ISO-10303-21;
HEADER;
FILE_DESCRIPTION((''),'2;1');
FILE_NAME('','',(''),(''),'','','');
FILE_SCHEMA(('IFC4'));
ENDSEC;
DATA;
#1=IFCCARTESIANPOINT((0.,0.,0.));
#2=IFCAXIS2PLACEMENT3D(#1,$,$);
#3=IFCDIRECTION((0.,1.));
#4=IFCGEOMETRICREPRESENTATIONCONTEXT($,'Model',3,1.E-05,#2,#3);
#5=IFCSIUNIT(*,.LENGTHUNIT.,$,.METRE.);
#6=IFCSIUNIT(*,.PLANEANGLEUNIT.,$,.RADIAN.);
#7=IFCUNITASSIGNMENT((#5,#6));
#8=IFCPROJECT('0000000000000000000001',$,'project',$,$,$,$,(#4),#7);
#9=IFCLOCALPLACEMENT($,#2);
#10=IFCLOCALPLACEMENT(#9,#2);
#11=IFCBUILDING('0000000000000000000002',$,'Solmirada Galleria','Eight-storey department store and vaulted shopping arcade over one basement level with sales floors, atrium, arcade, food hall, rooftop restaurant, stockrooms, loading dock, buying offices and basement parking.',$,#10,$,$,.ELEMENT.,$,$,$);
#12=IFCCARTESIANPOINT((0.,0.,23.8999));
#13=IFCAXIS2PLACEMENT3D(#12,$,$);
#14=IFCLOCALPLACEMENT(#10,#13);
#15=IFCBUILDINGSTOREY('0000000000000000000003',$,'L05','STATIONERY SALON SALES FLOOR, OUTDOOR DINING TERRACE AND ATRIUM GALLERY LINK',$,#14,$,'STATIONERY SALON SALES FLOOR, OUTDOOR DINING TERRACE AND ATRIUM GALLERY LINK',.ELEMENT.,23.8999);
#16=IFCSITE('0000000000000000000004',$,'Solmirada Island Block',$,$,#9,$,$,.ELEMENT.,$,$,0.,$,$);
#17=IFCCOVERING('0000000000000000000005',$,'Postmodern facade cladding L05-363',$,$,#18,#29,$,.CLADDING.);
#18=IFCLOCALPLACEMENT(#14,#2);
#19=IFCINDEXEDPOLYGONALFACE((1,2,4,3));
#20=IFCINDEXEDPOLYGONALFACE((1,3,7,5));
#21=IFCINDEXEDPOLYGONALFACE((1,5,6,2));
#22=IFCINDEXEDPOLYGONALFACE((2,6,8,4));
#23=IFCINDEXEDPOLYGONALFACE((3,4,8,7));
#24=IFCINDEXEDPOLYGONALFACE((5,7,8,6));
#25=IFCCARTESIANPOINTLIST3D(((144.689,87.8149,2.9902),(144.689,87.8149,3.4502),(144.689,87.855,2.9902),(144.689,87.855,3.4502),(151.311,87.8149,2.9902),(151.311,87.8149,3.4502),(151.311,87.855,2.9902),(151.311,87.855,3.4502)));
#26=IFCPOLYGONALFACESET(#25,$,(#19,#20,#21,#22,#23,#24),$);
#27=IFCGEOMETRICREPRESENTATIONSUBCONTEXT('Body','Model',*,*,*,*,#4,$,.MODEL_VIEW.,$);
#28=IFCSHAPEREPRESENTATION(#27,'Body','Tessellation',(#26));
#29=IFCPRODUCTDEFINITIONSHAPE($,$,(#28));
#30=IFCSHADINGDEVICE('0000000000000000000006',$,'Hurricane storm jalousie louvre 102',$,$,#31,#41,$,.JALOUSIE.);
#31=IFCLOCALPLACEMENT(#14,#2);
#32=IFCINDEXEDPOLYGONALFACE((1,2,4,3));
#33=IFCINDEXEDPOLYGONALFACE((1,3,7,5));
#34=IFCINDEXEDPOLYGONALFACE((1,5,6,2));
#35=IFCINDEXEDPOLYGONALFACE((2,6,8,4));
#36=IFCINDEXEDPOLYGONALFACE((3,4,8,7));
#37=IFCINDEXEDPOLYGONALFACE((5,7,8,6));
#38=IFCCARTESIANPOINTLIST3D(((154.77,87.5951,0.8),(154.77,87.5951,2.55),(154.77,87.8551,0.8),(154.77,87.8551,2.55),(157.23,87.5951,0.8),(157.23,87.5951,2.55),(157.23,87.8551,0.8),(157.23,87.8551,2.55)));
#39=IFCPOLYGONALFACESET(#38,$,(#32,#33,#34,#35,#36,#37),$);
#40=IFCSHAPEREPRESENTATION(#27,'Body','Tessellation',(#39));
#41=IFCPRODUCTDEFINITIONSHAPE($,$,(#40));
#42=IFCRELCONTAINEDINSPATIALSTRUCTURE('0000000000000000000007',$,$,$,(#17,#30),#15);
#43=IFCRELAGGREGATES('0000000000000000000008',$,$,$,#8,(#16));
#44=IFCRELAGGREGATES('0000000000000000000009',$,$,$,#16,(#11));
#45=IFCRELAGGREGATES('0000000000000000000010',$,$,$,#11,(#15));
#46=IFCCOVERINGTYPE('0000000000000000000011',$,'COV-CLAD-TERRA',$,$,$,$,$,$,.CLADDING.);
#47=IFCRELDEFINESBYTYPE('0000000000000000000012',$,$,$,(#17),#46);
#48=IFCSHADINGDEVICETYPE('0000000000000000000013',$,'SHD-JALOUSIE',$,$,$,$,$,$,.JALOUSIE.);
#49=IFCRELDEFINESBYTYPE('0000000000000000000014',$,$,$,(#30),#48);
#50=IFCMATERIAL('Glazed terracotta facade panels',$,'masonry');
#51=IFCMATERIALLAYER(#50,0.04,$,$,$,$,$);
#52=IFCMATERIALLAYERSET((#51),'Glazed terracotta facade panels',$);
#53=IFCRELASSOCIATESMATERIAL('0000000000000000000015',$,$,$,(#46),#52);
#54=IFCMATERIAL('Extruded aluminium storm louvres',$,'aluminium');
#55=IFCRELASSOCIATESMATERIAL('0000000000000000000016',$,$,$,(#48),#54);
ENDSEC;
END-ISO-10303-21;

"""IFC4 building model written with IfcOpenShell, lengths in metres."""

from ifc_helpers import new_model, si_unit, direction, frame, origin, origin_2d, place, context, subcontext, project, spatial, rectangle, extrude, material, layer, layer_set, type_object, element, save


model = new_model("IFC4")

# Units and contexts
model_context = context("Model", 3, precision=1e-05, world=origin(), true_north=direction((0.0, 1.0)))
body_context = subcontext(model_context, "Body", "Model", "MODEL_VIEW")
ifc_project = project(units=[si_unit("LENGTHUNIT", "METRE"), si_unit("PLANEANGLEUNIT", "RADIAN")], contexts=[model_context])

# Site, building, storey
site_placement = place(None, origin())
site = spatial("IfcSite", under=ifc_project, at=site_placement, Name="Solmirada Island Block", CompositionType="ELEMENT", RefElevation=0.0)
building_placement = place(site_placement, origin())
building = spatial("IfcBuilding", under=site, at=building_placement, Name="Solmirada Galleria", Description="Eight-storey department store and vaulted shopping arcade over one basement level with sales floors, atrium, arcade, food hall, rooftop restaurant, stockrooms, loading dock, buying offices and basement parking.", CompositionType="ELEMENT")
storey_placement = place(building_placement, frame((0.0, 0.0, 23.8999)))
storey = spatial("IfcBuildingStorey", under=building, at=storey_placement, Name="L05", Description="STATIONERY SALON SALES FLOOR, OUTDOOR DINING TERRACE AND ATRIUM GALLERY LINK", LongName="STATIONERY SALON SALES FLOOR, OUTDOOR DINING TERRACE AND ATRIUM GALLERY LINK", CompositionType="ELEMENT", Elevation=23.8999)

# Covering
ifc_material_1 = material(Name="Glazed terracotta facade panels", Category="masonry")
ifc_layer_1 = layer(ifc_material_1, 0.04)
ifc_layer_set_1 = layer_set([ifc_layer_1], Name="Glazed terracotta facade panels")
covering_type = type_object("IfcCoveringType", Name="COV-CLAD-TERRA", PredefinedType="CLADDING", material=ifc_layer_set_1)
covering_placement = place(storey_placement, frame((148.0, 87.835, 2.9902), z_axis=(0.0, 0.0, 1.0), x_axis=(-1.0, 0.0, 0.0)))
element("IfcCovering", 1, at=covering_placement, inside=storey, type_object=covering_type, Name="Postmodern facade cladding L05-363", PredefinedType="CLADDING", context=body_context, shape_type="SweptSolid", body=[
    extrude(rectangle(XDim=6.6221, YDim=0.04, at=origin_2d()), origin(), (0.0, 0.0, 1.0), 0.46),
])

# Shading device
ifc_material_2 = material(Name="Extruded aluminium storm louvres", Category="aluminium")
shading_device_type = type_object("IfcShadingDeviceType", Name="SHD-JALOUSIE", PredefinedType="JALOUSIE", material=ifc_material_2)
shading_device_placement = place(storey_placement, frame((156.0, 87.7251, 0.8), z_axis=(0.0, 0.0, 1.0), x_axis=(-1.0, 0.0, 0.0)))
element("IfcShadingDevice", 2, at=shading_device_placement, inside=storey, type_object=shading_device_type, Name="Hurricane storm jalousie louvre 102", PredefinedType="JALOUSIE", context=body_context, shape_type="SweptSolid", body=[
    extrude(rectangle(XDim=2.46, YDim=0.26, at=origin_2d()), origin(), (0.0, 0.0, 1.0), 1.75),
])

save(model, "model.ifc")
